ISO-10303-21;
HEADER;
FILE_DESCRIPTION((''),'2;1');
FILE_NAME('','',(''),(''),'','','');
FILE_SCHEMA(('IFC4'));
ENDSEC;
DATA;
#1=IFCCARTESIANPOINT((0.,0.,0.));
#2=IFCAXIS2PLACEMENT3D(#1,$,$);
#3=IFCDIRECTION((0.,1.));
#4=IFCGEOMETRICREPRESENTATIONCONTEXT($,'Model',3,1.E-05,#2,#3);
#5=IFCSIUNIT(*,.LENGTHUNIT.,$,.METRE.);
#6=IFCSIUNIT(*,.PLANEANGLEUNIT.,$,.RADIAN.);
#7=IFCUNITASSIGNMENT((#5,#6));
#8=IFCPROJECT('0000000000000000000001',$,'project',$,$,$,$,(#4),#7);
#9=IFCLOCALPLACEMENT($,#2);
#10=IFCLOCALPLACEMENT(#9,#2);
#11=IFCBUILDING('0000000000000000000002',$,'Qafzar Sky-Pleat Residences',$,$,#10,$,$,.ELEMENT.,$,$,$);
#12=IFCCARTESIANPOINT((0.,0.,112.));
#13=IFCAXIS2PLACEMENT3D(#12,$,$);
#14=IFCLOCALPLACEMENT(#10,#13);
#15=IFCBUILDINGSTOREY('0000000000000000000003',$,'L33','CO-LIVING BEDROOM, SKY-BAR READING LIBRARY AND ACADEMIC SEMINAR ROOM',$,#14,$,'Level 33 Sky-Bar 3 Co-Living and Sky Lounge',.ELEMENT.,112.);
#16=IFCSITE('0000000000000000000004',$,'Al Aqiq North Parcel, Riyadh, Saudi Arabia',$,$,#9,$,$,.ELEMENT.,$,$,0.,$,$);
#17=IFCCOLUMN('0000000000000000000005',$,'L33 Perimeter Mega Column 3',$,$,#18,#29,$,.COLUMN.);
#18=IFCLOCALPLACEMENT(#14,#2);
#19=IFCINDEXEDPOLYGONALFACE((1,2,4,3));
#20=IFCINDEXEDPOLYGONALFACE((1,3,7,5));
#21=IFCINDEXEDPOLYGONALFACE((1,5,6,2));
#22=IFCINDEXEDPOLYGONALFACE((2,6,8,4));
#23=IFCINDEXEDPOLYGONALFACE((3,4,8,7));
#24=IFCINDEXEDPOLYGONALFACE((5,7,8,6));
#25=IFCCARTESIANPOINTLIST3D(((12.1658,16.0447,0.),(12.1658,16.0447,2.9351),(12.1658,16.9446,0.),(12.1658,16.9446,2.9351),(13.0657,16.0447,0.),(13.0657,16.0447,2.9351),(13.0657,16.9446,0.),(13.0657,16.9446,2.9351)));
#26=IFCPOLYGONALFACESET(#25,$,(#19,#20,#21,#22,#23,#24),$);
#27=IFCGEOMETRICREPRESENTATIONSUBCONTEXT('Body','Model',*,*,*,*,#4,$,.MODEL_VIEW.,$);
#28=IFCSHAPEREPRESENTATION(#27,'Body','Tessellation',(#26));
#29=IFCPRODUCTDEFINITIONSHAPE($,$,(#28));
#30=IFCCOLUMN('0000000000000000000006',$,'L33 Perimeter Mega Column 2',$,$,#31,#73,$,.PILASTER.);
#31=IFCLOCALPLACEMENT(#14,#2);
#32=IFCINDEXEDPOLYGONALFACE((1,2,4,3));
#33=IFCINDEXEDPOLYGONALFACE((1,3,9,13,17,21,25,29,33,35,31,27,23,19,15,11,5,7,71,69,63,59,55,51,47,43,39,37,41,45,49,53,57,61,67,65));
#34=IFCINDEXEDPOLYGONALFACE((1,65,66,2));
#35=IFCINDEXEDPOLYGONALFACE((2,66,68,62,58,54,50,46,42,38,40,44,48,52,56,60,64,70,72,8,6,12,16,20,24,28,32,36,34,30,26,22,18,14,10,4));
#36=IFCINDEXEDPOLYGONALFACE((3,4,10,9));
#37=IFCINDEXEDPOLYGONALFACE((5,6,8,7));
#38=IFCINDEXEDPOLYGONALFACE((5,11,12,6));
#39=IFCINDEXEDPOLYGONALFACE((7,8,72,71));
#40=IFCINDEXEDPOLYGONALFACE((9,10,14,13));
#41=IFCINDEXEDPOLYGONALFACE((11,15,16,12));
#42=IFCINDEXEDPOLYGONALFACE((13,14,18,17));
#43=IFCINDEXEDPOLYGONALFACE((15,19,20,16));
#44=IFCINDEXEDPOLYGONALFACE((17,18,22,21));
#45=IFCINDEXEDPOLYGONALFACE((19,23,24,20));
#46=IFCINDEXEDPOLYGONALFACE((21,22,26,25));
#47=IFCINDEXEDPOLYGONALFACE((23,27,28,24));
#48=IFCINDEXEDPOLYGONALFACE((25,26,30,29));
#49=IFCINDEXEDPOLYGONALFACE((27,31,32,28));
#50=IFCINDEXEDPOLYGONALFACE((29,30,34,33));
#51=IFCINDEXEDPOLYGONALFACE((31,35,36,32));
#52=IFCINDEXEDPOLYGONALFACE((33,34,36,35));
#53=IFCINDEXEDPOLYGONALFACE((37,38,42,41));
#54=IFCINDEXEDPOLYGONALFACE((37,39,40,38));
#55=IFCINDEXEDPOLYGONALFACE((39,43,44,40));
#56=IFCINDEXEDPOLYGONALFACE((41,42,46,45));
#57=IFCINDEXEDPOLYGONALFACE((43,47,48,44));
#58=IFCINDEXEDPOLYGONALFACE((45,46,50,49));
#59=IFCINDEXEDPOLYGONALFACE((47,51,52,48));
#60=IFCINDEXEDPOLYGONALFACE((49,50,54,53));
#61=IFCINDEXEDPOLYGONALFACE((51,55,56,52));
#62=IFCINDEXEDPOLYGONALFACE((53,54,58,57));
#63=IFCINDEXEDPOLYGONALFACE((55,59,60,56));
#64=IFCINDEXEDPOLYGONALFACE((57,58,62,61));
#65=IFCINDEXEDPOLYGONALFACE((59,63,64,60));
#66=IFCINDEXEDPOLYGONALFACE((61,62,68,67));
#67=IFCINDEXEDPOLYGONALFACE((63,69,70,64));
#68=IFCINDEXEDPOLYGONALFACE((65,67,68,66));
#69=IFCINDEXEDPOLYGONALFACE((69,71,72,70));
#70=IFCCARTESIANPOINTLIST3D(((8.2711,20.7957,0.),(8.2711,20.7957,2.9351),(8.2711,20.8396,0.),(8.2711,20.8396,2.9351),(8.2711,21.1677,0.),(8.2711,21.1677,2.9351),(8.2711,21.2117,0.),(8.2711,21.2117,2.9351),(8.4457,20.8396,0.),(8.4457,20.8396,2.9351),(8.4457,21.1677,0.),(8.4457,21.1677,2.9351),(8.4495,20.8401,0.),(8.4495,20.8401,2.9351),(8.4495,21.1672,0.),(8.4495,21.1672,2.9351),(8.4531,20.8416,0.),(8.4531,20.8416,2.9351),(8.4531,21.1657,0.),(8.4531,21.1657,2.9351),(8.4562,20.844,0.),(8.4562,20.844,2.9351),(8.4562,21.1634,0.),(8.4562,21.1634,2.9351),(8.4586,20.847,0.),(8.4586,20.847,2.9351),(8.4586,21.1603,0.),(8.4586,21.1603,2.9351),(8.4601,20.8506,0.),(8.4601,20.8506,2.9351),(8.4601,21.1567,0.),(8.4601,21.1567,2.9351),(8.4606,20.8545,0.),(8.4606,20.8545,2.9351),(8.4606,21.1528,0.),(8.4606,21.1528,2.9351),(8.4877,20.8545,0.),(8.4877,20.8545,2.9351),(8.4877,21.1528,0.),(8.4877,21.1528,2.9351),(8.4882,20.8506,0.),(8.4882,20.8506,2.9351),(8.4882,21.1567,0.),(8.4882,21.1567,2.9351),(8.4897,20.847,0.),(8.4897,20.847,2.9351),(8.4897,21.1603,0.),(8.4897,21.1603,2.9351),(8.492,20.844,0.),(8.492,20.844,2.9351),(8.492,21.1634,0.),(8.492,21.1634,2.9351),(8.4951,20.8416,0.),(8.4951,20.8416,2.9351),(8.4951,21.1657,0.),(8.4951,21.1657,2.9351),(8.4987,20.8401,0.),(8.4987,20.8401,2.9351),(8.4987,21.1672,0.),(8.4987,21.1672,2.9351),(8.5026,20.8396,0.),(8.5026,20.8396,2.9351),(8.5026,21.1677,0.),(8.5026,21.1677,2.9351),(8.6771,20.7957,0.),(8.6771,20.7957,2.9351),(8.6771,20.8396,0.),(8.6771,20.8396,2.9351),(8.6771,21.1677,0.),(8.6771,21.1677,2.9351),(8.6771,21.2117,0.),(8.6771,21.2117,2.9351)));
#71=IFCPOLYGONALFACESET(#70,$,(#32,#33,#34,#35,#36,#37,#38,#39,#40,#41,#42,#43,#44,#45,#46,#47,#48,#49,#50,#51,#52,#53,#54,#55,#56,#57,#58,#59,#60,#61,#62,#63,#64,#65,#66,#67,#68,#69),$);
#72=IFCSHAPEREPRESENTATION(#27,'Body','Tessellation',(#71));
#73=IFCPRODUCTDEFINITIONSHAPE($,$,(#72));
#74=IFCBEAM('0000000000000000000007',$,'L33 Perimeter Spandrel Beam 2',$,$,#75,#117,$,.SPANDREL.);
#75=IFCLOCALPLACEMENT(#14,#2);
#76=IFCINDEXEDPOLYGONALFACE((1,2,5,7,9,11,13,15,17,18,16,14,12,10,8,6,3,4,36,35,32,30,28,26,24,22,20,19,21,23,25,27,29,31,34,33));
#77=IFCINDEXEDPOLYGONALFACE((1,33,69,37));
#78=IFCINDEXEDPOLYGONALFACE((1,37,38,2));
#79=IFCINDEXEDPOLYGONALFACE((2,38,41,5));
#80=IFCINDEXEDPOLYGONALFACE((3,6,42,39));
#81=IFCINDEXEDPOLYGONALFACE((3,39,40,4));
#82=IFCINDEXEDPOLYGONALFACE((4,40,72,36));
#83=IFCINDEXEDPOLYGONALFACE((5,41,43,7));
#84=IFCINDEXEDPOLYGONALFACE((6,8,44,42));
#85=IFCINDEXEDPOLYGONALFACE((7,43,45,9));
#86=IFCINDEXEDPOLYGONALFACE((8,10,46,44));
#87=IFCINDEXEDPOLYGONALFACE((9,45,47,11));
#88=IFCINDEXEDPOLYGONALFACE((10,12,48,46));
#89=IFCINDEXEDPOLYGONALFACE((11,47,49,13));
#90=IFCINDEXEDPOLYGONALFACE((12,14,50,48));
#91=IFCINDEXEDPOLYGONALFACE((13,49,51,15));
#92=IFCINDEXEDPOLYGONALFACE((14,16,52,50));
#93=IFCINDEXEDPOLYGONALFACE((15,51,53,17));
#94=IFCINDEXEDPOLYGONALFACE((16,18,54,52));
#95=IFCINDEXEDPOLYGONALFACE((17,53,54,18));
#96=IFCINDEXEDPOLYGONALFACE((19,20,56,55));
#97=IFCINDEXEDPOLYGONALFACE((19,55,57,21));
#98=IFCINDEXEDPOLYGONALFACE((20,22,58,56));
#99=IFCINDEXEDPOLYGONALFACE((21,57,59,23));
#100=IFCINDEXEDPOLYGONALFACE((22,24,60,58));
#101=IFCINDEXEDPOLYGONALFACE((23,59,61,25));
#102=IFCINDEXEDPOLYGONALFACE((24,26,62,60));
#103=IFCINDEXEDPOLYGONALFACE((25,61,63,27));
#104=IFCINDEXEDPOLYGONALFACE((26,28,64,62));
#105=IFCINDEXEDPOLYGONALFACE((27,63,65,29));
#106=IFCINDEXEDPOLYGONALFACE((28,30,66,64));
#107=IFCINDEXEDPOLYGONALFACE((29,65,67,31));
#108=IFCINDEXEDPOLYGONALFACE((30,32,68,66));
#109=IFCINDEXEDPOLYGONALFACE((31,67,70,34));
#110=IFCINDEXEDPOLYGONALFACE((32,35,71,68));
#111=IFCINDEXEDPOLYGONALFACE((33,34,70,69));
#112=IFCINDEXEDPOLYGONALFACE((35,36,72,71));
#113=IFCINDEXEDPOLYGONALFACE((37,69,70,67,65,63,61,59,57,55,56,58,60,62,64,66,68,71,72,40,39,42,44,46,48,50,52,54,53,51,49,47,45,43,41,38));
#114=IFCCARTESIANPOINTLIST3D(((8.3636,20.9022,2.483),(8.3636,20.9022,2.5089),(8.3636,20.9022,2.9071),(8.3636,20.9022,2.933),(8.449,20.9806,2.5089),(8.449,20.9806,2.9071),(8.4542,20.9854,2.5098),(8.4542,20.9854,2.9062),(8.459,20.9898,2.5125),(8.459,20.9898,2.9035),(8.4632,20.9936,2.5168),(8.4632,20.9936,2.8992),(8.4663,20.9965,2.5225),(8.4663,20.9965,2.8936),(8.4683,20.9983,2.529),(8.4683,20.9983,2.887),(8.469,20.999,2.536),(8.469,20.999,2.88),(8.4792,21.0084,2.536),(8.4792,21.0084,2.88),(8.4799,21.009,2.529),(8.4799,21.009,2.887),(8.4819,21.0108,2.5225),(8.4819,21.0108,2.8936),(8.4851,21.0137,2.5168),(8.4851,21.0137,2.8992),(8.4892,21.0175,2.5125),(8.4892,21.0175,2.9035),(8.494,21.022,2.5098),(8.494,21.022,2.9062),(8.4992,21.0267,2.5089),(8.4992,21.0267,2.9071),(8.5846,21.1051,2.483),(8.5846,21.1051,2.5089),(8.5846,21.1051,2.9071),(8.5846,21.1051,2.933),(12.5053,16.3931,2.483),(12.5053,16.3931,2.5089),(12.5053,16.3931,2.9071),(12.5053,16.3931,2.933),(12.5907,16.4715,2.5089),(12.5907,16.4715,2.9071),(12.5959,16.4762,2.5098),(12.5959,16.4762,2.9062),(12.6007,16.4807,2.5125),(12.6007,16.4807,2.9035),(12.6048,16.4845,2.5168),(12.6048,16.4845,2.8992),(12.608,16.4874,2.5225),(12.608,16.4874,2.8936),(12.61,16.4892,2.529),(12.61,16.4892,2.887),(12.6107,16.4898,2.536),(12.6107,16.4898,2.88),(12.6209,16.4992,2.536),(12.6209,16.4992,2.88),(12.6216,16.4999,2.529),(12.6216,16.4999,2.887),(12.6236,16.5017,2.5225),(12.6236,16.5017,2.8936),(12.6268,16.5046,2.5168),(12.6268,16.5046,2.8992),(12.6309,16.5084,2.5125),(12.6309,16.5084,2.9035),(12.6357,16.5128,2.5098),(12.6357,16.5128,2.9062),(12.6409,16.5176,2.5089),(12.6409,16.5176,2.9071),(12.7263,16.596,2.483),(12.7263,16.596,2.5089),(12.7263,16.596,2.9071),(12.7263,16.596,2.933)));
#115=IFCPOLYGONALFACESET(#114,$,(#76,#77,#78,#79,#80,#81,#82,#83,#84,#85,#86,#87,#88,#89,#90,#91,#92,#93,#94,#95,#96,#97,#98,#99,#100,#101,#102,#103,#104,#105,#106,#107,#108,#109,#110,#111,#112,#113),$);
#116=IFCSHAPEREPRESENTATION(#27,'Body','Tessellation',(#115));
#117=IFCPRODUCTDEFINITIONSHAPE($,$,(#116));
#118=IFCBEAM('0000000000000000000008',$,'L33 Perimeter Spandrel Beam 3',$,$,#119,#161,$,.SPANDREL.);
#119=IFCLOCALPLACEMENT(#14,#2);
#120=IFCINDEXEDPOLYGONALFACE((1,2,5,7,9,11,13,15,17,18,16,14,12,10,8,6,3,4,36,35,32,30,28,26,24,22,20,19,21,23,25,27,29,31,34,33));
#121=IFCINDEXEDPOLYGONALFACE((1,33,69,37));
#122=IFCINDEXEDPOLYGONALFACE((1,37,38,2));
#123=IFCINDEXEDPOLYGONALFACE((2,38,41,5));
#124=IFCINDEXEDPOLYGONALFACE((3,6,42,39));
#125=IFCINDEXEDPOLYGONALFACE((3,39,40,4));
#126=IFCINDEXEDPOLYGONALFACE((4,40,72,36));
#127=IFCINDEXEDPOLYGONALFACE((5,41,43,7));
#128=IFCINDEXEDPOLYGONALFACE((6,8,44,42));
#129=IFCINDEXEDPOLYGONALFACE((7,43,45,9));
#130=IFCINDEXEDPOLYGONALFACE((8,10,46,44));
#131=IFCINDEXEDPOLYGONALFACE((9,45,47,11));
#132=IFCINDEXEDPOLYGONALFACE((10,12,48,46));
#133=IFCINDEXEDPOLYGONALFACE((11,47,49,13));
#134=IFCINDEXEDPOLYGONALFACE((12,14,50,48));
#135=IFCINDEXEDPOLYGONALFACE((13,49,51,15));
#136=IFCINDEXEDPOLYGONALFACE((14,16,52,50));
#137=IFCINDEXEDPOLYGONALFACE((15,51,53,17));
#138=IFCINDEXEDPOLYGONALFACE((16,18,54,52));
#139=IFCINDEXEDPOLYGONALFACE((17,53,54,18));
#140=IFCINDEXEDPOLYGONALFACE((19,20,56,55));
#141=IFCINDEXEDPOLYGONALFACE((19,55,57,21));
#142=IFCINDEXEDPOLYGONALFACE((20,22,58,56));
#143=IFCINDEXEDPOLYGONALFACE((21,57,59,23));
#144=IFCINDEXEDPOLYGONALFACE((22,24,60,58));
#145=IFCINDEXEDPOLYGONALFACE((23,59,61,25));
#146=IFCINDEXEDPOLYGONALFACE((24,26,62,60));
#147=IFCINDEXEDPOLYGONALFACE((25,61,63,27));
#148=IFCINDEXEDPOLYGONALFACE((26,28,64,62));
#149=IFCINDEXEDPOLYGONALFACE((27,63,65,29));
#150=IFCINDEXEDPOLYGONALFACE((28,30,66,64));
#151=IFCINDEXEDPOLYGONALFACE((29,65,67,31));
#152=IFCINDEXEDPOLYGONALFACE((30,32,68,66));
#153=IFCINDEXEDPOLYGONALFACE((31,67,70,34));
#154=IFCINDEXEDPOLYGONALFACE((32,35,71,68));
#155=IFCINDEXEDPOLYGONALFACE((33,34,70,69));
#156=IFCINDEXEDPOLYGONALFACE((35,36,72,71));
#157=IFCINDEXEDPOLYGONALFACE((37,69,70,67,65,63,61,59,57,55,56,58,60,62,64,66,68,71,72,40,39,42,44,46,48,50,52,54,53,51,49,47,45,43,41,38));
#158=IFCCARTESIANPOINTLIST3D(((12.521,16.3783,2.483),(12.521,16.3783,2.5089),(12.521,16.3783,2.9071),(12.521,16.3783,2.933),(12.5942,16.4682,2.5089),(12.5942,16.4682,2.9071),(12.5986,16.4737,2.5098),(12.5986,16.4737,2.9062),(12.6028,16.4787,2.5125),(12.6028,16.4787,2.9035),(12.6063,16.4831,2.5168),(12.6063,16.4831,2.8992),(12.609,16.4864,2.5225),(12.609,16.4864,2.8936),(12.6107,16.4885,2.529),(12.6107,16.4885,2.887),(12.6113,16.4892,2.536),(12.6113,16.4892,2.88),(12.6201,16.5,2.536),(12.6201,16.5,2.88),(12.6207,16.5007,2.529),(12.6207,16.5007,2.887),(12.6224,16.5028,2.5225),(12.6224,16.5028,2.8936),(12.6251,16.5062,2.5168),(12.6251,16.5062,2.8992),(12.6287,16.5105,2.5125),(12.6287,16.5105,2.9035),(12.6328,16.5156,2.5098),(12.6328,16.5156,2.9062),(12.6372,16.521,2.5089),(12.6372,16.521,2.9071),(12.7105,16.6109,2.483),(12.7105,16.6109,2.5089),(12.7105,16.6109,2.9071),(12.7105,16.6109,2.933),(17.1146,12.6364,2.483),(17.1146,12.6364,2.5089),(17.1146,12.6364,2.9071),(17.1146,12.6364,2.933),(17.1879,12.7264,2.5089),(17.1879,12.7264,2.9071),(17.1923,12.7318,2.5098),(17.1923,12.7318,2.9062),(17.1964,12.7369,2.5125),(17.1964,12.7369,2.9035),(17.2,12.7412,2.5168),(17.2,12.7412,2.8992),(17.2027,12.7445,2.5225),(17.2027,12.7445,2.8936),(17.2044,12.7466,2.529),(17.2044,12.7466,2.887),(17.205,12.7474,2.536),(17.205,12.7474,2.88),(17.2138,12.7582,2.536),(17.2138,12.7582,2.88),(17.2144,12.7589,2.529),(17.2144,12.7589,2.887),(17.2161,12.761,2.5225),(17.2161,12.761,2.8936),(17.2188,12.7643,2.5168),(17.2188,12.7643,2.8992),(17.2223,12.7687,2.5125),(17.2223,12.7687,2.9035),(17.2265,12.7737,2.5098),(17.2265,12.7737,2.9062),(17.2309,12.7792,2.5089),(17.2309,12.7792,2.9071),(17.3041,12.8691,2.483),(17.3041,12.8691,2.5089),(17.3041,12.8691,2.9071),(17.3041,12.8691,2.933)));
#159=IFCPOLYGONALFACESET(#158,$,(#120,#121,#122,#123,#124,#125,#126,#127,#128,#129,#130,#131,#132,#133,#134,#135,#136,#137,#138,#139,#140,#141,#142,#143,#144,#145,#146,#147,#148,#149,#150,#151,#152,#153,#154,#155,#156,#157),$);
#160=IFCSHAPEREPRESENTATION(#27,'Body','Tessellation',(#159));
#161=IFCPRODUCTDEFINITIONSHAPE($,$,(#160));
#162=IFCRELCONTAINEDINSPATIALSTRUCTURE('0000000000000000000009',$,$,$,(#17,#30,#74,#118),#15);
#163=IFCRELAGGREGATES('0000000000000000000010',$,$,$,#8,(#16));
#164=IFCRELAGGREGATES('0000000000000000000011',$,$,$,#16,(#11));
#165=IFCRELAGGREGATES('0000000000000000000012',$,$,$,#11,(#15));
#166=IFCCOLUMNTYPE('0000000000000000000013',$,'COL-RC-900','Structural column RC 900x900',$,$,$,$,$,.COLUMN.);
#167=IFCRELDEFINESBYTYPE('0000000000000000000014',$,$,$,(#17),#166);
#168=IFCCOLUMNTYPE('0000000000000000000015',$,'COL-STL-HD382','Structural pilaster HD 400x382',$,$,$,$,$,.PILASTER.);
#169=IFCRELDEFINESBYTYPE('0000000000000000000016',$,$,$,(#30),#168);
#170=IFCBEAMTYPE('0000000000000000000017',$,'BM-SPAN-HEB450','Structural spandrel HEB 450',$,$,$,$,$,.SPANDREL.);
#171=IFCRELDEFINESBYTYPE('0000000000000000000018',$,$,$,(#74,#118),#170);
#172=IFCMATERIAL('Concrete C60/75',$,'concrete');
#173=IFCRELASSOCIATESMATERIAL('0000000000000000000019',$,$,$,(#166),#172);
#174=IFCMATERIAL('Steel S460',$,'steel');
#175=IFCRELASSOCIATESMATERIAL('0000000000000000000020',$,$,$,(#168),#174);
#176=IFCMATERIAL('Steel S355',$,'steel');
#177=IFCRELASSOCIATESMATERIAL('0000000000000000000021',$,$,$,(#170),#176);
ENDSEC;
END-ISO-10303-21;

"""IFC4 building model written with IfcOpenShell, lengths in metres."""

from ifc_helpers import new_model, si_unit, direction, frame, origin, origin_2d, place, context, subcontext, project, spatial, rectangle, i_section, extrude, source, transform, mapped, material, material_profile, profile_set, type_object, element, save


model = new_model("IFC4")

# Units and contexts
model_context = context("Model", 3, precision=1e-05, world=origin(), true_north=direction((0.0, 1.0)))
body_context = subcontext(model_context, "Body", "Model", "MODEL_VIEW")
ifc_project = project(units=[si_unit("LENGTHUNIT", "METRE"), si_unit("PLANEANGLEUNIT", "RADIAN")], contexts=[model_context])

# Site, building, storey
site_placement = place(None, origin())
site = spatial("IfcSite", under=ifc_project, at=site_placement, Name="Al Aqiq North Parcel, Riyadh, Saudi Arabia", CompositionType="ELEMENT", RefElevation=0.0)
building_placement = place(site_placement, origin())
building = spatial("IfcBuilding", under=site, at=building_placement, Name="Qafzar Sky-Pleat Residences", CompositionType="ELEMENT")
storey_placement = place(building_placement, frame((0.0, 0.0, 112.0)))
storey = spatial("IfcBuildingStorey", under=building, at=storey_placement, Name="L33", Description="CO-LIVING BEDROOM, SKY-BAR READING LIBRARY AND ACADEMIC SEMINAR ROOM", LongName="Level 33 Sky-Bar 3 Co-Living and Sky Lounge", CompositionType="ELEMENT", Elevation=112.0)

# Columns
ifc_material_1 = material(Name="Concrete C60/75", Category="concrete")
ifc_material_profile_1 = material_profile(ifc_material_1, rectangle(XDim=0.8999, YDim=0.8999, at=origin_2d()), Name="RC 900x900")
ifc_profile_set_1 = profile_set([ifc_material_profile_1], Name="Concrete C60/75")
column_type_1 = type_object("IfcColumnType", Name="COL-RC-900", Description="Structural column RC 900x900", PredefinedType="COLUMN", material=ifc_profile_set_1)
shared_shape_1 = source(origin(), body_context, "Body", "SweptSolid", [
    extrude(rectangle(XDim=0.8999, YDim=0.8999, at=origin_2d()), origin(), (0.0, 0.0, 1.0), 2.9351),
])
column_1_placement = place(storey_placement, frame((12.6157, 16.4946, 0.0), z_axis=(0.0, 0.0, 1.0), x_axis=(1.0, 0.0, 0.0)))
element("IfcColumn", 1, at=column_1_placement, inside=storey, type_object=column_type_1, Name="L33 Perimeter Mega Column 3", PredefinedType="COLUMN", context=body_context, shape_type="MappedRepresentation", body=[
    mapped(shared_shape_1, transform((0.0, 0.0, 0.0), x_axis=(1.0, 0.0, 0.0), y_axis=(0.0, 1.0, 0.0), z_axis=(0.0, 0.0, 1.0), scale=1.0)),
])
ifc_material_2 = material(Name="Steel S460", Category="steel")
ifc_material_profile_2 = material_profile(ifc_material_2, i_section(OverallWidth=0.406, OverallDepth=0.416, WebThickness=0.0271, FlangeThickness=0.0439, FilletRadius=0.0149, at=origin_2d()), Name="HD 400x382")
ifc_profile_set_2 = profile_set([ifc_material_profile_2], Name="Steel S460")
column_type_2 = type_object("IfcColumnType", Name="COL-STL-HD382", Description="Structural pilaster HD 400x382", PredefinedType="PILASTER", material=ifc_profile_set_2)
shared_shape_2 = source(origin(), body_context, "Body", "SweptSolid", [
    extrude(i_section(OverallWidth=0.406, OverallDepth=0.416, WebThickness=0.0271, FlangeThickness=0.0439, FilletRadius=0.0149, at=origin_2d()), origin(), (0.0, 0.0, 1.0), 2.9351),
])
column_2_placement = place(storey_placement, frame((8.4741, 21.0037, 0.0), z_axis=(0.0, 0.0, 1.0), x_axis=(1.0, 0.0, 0.0)))
element("IfcColumn", 2, at=column_2_placement, inside=storey, type_object=column_type_2, Name="L33 Perimeter Mega Column 2", PredefinedType="PILASTER", context=body_context, shape_type="MappedRepresentation", body=[
    mapped(shared_shape_2, transform((0.0, 0.0, 0.0), x_axis=(1.0, 0.0, 0.0), y_axis=(0.0, 1.0, 0.0), z_axis=(0.0, 0.0, 1.0), scale=1.0)),
])

# Beams
ifc_material_3 = material(Name="Steel S355", Category="steel")
ifc_material_profile_3 = material_profile(ifc_material_3, i_section(OverallWidth=0.3, OverallDepth=0.45, WebThickness=0.0139, FlangeThickness=0.0259, FilletRadius=0.0271, at=origin_2d()), Name="HEB 450")
ifc_profile_set_3 = profile_set([ifc_material_profile_3], Name="Steel S355")
beam_type_1 = type_object("IfcBeamType", Name="BM-SPAN-HEB450", Description="Structural spandrel HEB 450", PredefinedType="SPANDREL", material=ifc_profile_set_3)
shared_shape_3 = source(origin(), body_context, "Body", "SweptSolid", [
    extrude(i_section(OverallWidth=0.3, OverallDepth=0.45, WebThickness=0.0139, FlangeThickness=0.0259, FilletRadius=0.0271, at=origin_2d()), origin(), (0.0, 0.0, 1.0), 6.1226),
])
beam_1_placement = place(storey_placement, frame((8.4741, 21.0037, 2.708), z_axis=(0.676463, -0.736477, 0.0), x_axis=(0.736477, 0.676463, 0.0)))
element("IfcBeam", 3, at=beam_1_placement, inside=storey, type_object=beam_type_1, Name="L33 Perimeter Spandrel Beam 2", PredefinedType="SPANDREL", context=body_context, shape_type="MappedRepresentation", body=[
    mapped(shared_shape_3, transform((0.0, 0.0, 0.0), x_axis=(1.0, 0.0, 0.0), y_axis=(0.0, 1.0, 0.0), z_axis=(0.0, 0.0, 1.0), scale=1.0)),
])
shared_shape_4 = source(origin(), body_context, "Body", "SweptSolid", [
    extrude(i_section(OverallWidth=0.3, OverallDepth=0.45, WebThickness=0.0139, FlangeThickness=0.0259, FilletRadius=0.0271, at=origin_2d()), origin(), (0.0, 0.0, 1.0), 5.9248),
])
beam_2_placement = place(storey_placement, frame((12.6157, 16.4946, 2.708), z_axis=(0.775327, -0.63156, 0.0), x_axis=(0.63156, 0.775327, 0.0)))
element("IfcBeam", 4, at=beam_2_placement, inside=storey, type_object=beam_type_1, Name="L33 Perimeter Spandrel Beam 3", PredefinedType="SPANDREL", context=body_context, shape_type="MappedRepresentation", body=[
    mapped(shared_shape_4, transform((0.0, 0.0, 0.0), x_axis=(1.0, 0.0, 0.0), y_axis=(0.0, 1.0, 0.0), z_axis=(0.0, 0.0, 1.0), scale=1.0)),
])

save(model, "model.ifc")
